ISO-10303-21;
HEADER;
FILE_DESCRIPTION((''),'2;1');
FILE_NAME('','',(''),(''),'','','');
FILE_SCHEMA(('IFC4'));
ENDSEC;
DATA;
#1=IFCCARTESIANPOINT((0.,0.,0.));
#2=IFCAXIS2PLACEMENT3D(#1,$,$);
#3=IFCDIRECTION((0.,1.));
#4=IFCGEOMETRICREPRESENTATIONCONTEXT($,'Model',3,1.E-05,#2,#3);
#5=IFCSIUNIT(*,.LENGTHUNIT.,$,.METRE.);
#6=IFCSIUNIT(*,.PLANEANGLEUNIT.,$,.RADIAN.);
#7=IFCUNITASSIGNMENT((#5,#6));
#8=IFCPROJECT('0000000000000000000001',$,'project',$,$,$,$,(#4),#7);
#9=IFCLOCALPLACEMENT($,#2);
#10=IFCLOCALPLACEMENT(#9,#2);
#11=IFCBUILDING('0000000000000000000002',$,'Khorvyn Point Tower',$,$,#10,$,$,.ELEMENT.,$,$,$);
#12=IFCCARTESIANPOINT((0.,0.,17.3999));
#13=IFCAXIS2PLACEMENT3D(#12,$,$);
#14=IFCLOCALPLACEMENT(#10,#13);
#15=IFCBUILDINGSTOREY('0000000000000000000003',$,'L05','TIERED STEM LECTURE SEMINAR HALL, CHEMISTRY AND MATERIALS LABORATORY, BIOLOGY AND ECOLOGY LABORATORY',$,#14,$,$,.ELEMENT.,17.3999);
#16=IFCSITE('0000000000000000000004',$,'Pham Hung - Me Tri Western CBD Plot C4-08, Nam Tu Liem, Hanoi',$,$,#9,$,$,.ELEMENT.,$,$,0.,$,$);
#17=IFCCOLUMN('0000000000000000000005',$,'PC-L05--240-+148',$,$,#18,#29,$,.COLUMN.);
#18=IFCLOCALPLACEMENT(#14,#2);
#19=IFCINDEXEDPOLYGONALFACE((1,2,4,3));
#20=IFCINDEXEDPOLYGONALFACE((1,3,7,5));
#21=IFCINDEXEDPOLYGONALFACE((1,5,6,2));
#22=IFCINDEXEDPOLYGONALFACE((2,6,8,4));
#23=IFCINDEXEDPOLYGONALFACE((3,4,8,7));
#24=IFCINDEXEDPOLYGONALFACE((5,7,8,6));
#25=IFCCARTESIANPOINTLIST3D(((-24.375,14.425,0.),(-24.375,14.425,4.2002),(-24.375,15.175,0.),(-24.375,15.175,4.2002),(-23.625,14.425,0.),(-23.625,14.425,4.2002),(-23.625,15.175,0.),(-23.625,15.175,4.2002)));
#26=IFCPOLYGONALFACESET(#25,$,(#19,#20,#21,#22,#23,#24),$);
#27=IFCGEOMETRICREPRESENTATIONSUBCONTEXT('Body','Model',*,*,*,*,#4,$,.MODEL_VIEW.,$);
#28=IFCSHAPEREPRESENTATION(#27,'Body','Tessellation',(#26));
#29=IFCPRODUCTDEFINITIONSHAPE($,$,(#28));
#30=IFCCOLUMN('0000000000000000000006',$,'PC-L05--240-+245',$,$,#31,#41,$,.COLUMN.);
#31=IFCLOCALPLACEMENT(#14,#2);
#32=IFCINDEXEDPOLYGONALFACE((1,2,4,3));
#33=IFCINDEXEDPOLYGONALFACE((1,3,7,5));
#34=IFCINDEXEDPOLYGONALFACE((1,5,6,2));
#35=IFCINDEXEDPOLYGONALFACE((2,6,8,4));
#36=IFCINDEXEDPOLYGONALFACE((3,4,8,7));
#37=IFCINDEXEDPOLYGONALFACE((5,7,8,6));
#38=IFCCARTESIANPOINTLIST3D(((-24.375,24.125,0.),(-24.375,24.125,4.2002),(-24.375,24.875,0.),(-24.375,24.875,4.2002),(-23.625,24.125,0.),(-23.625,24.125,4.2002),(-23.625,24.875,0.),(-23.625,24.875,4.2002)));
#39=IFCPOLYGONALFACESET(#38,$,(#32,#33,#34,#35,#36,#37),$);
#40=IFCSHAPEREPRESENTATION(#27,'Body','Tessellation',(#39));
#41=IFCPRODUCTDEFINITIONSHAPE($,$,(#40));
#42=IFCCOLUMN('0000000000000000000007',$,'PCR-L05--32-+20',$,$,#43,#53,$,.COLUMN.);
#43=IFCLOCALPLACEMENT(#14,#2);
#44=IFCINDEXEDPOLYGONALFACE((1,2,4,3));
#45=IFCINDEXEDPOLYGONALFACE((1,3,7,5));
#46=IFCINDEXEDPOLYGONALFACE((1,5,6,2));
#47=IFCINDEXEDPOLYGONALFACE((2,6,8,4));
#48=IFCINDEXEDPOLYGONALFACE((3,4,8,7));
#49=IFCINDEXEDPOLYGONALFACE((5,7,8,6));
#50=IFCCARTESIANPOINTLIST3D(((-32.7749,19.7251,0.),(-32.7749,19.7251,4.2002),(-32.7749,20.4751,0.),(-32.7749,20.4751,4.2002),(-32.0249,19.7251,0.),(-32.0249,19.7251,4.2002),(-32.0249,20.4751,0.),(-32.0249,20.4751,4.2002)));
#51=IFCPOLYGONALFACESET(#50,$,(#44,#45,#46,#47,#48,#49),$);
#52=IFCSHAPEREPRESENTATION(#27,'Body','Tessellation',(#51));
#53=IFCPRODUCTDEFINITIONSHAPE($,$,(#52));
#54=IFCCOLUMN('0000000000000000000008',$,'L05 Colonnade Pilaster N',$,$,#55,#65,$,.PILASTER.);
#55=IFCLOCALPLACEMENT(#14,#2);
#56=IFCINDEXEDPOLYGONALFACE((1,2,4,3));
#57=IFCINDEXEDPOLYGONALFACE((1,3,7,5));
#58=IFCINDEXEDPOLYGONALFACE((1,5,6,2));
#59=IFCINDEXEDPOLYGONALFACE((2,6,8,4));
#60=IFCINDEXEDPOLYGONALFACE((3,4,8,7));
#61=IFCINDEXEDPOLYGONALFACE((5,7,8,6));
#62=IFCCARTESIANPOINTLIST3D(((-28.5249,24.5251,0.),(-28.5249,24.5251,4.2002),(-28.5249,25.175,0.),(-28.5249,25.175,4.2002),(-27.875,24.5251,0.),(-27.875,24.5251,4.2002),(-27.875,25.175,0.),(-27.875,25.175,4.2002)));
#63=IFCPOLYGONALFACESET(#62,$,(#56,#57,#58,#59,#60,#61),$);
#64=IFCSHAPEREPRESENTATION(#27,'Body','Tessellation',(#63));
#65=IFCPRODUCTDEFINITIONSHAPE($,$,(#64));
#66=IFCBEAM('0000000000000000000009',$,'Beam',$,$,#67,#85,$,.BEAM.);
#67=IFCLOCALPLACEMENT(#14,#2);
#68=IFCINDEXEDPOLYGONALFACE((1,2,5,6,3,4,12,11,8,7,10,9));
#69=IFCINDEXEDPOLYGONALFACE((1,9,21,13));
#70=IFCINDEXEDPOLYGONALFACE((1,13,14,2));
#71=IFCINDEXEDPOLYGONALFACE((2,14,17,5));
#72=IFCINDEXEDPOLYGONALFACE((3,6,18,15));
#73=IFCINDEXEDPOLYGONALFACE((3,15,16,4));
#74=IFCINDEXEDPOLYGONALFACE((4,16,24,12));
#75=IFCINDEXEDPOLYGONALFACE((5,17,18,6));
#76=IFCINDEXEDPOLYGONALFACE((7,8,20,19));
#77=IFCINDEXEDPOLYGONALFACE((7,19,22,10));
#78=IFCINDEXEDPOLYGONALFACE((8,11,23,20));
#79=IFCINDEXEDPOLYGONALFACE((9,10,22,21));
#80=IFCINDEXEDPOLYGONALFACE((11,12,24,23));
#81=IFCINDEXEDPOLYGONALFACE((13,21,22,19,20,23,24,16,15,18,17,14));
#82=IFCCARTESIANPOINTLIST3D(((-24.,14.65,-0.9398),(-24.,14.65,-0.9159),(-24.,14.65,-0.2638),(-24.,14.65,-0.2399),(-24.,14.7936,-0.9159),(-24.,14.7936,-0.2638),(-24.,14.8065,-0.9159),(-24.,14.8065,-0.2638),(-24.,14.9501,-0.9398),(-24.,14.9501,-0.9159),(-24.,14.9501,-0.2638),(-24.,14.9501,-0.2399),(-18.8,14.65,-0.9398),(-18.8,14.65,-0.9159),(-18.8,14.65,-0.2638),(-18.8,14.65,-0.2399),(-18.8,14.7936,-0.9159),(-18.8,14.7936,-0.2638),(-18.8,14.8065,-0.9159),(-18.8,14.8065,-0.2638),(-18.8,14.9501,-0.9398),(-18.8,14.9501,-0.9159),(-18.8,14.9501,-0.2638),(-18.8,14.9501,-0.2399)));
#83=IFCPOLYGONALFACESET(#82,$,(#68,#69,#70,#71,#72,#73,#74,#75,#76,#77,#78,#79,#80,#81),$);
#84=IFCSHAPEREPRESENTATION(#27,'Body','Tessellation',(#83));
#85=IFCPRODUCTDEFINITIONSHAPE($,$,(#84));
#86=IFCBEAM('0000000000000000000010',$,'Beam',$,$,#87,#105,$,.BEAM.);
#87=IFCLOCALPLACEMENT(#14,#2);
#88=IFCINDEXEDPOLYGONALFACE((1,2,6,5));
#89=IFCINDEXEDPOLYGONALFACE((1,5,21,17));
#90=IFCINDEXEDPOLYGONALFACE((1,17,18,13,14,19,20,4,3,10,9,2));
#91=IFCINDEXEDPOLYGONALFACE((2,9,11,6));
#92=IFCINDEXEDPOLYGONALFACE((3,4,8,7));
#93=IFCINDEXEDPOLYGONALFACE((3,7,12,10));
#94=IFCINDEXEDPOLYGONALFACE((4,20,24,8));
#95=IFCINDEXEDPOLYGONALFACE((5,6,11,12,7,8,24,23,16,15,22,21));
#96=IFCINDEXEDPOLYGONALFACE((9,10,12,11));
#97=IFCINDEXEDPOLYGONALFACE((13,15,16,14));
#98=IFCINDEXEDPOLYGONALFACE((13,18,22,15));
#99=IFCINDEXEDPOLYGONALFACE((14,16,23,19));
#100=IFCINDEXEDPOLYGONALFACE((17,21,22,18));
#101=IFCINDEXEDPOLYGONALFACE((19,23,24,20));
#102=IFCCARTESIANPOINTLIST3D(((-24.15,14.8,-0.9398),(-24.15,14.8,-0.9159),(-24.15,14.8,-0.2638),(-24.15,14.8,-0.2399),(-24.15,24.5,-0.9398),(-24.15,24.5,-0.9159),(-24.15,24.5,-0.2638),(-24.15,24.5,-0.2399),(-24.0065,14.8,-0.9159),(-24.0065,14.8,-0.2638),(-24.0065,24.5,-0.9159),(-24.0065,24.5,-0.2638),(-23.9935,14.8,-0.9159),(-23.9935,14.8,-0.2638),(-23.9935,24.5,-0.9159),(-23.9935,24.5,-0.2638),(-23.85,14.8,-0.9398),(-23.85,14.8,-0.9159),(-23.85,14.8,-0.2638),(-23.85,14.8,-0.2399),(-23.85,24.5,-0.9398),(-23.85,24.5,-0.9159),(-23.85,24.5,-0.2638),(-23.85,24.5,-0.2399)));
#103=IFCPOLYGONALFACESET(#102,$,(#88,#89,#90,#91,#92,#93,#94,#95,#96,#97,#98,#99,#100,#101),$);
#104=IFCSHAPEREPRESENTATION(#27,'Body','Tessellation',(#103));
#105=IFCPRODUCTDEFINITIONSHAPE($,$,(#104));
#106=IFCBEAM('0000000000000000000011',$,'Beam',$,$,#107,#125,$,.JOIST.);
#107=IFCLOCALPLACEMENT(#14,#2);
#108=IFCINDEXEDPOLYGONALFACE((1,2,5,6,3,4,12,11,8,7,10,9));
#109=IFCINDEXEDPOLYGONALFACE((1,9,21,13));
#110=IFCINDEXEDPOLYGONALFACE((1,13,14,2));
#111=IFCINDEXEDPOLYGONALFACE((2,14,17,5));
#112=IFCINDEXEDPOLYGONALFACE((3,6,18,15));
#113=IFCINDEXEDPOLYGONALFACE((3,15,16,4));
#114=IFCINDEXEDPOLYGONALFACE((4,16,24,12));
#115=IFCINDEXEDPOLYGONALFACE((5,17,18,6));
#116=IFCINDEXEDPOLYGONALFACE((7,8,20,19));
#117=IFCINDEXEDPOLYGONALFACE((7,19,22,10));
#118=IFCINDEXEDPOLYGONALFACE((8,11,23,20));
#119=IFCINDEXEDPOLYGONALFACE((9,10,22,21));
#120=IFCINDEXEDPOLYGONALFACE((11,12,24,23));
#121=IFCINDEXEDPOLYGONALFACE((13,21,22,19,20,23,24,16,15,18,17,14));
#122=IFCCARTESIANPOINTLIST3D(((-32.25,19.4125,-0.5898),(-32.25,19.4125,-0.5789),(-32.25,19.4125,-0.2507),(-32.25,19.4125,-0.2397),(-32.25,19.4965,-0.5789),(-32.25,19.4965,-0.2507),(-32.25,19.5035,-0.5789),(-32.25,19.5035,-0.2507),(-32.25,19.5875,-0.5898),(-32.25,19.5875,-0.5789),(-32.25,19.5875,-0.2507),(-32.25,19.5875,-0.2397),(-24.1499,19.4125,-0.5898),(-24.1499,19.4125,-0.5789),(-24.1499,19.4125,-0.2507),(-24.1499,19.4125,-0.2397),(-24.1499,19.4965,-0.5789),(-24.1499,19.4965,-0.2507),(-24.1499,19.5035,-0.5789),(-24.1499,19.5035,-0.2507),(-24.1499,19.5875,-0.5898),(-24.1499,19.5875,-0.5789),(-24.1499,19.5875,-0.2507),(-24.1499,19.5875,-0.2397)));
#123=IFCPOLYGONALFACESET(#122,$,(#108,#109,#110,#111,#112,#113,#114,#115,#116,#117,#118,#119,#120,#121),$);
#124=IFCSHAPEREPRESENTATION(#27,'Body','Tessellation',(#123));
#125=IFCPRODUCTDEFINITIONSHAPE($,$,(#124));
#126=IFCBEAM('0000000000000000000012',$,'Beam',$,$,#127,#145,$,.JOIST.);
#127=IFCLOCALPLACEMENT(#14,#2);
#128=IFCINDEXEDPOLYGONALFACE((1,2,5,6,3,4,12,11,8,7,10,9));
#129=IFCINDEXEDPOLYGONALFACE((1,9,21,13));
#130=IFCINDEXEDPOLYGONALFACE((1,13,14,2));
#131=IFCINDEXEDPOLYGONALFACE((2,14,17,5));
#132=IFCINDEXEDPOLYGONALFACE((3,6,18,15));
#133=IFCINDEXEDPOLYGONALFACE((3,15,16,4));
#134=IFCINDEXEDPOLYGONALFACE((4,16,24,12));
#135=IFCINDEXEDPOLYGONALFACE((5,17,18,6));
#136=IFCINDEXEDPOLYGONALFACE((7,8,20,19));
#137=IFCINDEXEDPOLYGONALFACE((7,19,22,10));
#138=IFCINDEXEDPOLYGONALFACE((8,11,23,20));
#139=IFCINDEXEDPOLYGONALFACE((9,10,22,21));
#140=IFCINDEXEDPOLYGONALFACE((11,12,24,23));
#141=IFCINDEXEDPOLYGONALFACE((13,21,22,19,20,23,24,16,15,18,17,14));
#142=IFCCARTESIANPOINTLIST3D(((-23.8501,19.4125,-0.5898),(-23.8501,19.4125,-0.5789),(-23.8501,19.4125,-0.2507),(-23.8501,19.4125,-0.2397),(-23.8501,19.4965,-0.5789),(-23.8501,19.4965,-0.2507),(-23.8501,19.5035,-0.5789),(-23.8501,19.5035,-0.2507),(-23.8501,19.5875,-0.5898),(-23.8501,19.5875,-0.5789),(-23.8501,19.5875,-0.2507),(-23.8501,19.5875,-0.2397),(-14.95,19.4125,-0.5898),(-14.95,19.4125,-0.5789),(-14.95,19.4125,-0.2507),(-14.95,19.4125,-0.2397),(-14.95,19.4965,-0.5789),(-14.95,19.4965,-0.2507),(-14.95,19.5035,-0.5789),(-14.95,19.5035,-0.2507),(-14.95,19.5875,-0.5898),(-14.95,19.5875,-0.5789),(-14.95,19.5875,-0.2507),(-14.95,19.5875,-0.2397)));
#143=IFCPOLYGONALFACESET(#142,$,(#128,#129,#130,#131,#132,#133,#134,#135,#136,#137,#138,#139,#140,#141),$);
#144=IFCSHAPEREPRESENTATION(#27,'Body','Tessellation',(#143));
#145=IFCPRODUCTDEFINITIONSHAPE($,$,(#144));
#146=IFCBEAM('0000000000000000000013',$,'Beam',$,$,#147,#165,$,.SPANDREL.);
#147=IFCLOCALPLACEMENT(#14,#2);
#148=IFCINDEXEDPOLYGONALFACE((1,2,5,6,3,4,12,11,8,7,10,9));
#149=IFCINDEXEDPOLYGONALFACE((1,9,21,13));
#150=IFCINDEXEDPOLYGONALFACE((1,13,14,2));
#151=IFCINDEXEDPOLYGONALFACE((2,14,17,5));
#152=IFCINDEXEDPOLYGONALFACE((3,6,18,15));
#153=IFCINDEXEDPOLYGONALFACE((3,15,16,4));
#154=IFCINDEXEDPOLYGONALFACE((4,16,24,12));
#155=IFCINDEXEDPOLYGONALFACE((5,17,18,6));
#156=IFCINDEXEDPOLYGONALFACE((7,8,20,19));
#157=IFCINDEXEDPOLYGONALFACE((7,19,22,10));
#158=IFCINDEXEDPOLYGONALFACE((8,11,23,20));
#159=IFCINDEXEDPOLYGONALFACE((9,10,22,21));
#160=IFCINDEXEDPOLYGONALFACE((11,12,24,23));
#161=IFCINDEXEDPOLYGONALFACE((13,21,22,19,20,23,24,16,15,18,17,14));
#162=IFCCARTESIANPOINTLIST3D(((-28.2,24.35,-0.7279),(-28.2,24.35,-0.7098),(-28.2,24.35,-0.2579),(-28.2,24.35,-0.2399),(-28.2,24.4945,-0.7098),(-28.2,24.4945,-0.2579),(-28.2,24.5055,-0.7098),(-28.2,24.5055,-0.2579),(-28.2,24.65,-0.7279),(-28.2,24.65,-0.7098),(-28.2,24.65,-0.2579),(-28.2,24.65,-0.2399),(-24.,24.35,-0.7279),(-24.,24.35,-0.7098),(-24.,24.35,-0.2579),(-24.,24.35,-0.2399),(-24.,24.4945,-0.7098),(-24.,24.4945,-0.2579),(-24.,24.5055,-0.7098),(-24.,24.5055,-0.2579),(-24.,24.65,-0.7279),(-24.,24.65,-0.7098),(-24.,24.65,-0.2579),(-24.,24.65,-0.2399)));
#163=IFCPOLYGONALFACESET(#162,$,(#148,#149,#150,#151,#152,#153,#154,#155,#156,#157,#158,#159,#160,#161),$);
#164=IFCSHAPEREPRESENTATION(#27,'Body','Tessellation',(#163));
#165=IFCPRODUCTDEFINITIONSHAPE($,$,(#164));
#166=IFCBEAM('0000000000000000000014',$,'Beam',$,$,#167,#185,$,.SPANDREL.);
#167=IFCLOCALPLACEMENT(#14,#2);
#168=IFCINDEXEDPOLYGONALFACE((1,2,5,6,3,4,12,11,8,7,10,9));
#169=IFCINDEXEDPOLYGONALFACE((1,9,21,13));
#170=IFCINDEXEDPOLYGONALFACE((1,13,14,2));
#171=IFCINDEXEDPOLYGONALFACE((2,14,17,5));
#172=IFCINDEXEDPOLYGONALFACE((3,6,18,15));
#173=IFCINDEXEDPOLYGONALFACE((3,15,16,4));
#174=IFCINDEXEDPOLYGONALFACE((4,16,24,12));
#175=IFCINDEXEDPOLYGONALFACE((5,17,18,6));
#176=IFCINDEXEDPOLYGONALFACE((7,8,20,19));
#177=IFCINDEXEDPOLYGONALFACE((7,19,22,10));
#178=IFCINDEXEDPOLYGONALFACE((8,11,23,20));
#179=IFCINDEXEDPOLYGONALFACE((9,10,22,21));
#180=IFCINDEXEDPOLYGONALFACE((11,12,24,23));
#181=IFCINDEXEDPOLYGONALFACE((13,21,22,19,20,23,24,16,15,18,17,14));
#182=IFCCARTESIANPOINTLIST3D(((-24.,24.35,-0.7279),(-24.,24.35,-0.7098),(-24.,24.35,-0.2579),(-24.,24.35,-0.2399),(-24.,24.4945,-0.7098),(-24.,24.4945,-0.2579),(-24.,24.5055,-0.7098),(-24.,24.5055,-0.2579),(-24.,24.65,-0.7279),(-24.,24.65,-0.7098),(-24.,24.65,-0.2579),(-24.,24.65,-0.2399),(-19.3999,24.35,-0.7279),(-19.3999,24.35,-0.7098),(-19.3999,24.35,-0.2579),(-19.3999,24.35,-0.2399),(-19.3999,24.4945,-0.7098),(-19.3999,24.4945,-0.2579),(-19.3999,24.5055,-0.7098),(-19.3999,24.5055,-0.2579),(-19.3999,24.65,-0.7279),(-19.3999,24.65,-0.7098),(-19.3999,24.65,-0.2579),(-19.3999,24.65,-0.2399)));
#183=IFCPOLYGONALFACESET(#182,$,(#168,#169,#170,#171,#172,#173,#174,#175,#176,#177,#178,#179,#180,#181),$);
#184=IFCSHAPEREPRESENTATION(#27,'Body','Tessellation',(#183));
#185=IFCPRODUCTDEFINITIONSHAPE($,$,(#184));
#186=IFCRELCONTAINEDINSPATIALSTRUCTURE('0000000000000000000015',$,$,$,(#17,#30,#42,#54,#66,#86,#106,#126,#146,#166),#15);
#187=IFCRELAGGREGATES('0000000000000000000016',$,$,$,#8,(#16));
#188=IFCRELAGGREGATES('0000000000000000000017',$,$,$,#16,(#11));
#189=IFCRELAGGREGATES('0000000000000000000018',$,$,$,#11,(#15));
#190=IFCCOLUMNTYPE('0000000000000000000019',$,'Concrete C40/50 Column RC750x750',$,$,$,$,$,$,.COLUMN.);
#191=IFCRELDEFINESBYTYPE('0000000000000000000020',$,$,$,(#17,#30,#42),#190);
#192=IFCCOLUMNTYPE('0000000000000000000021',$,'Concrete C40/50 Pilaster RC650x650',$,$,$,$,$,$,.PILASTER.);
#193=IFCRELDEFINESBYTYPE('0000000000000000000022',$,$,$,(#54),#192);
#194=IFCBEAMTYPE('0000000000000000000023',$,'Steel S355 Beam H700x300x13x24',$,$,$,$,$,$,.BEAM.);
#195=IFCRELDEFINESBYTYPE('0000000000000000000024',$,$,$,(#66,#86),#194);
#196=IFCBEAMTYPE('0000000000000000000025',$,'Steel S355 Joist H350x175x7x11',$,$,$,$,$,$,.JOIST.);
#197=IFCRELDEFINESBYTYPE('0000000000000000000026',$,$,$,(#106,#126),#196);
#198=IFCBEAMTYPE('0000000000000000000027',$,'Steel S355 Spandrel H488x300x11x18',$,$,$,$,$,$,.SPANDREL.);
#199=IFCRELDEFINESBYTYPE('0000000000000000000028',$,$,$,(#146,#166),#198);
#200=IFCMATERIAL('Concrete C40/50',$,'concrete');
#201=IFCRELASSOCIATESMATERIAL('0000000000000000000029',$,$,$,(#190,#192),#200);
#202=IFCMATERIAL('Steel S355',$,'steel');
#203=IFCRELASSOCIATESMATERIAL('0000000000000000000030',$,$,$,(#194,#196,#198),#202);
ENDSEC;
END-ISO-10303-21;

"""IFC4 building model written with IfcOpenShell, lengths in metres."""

from ifc_helpers import new_model, si_unit, direction, frame, origin, origin_2d, place, context, subcontext, project, spatial, rectangle, i_section, extrude, material, material_profile, profile_set, type_object, element, save


model = new_model("IFC4")

# Units and contexts
model_context = context("Model", 3, precision=1e-05, world=origin(), true_north=direction((0.0, 1.0)))
body_context = subcontext(model_context, "Body", "Model", "MODEL_VIEW")
ifc_project = project(units=[si_unit("LENGTHUNIT", "METRE"), si_unit("PLANEANGLEUNIT", "RADIAN")], contexts=[model_context])

# Site, building, storey
site_placement = place(None, origin())
site = spatial("IfcSite", under=ifc_project, at=site_placement, Name="Pham Hung - Me Tri Western CBD Plot C4-08, Nam Tu Liem, Hanoi", CompositionType="ELEMENT", RefElevation=0.0)
building_placement = place(site_placement, origin())
building = spatial("IfcBuilding", under=site, at=building_placement, Name="Khorvyn Point Tower", CompositionType="ELEMENT")
storey_placement = place(building_placement, frame((0.0, 0.0, 17.3999)))
storey = spatial("IfcBuildingStorey", under=building, at=storey_placement, Name="L05", Description="TIERED STEM LECTURE SEMINAR HALL, CHEMISTRY AND MATERIALS LABORATORY, BIOLOGY AND ECOLOGY LABORATORY", CompositionType="ELEMENT", Elevation=17.3999)

# Columns
ifc_material_1 = material(Name="Concrete C40/50", Category="concrete")
ifc_material_profile_1 = material_profile(ifc_material_1, rectangle(XDim=0.75, YDim=0.75, at=origin_2d()))
ifc_profile_set_1 = profile_set([ifc_material_profile_1], Name="Concrete C40/50 RC750x750")
column_type_1 = type_object("IfcColumnType", Name="Concrete C40/50 Column RC750x750", PredefinedType="COLUMN", material=ifc_profile_set_1)
for number, where, z_axis, x_axis, name in (
    (1, (-24.0, 14.8, 0.0), (0.0, 0.0, 1.0), (1.0, 0.0, 0.0), "PC-L05--240-+148"),
    (2, (-24.0, 24.5, 0.0), (0.0, 0.0, 1.0), (1.0, 0.0, 0.0), "PC-L05--240-+245"),
    (3, (-32.3999, 20.1001, 0.0), (0.0, 0.0, 1.0), (1.0, 0.0, 0.0), "PCR-L05--32-+20"),
):
    element("IfcColumn", number, at=place(storey_placement, frame(where, z_axis=z_axis, x_axis=x_axis)), inside=storey, type_object=column_type_1, Name=name, PredefinedType="COLUMN", context=body_context, shape_type="SweptSolid", body=[
        extrude(rectangle(XDim=0.75, YDim=0.75, at=origin_2d()), origin(), (0.0, 0.0, 1.0), 4.2002),
    ])
ifc_material_profile_2 = material_profile(ifc_material_1, rectangle(XDim=0.6499, YDim=0.6499, at=origin_2d()))
ifc_profile_set_2 = profile_set([ifc_material_profile_2], Name="Concrete C40/50 RC650x650")
column_type_2 = type_object("IfcColumnType", Name="Concrete C40/50 Pilaster RC650x650", PredefinedType="PILASTER", material=ifc_profile_set_2)
column_placement = place(storey_placement, frame((-28.2, 24.8501, 0.0), z_axis=(0.0, 0.0, 1.0), x_axis=(1.0, 0.0, 0.0)))
element("IfcColumn", 4, at=column_placement, inside=storey, type_object=column_type_2, Name="L05 Colonnade Pilaster N", PredefinedType="PILASTER", context=body_context, shape_type="SweptSolid", body=[
    extrude(rectangle(XDim=0.6499, YDim=0.6499, at=origin_2d()), origin(), (0.0, 0.0, 1.0), 4.2002),
])

# Beams
ifc_material_2 = material(Name="Steel S355", Category="steel")
ifc_material_profile_3 = material_profile(ifc_material_2, i_section(OverallWidth=0.3, OverallDepth=0.7, WebThickness=0.0129, FlangeThickness=0.0239, at=origin_2d()))
ifc_profile_set_3 = profile_set([ifc_material_profile_3], Name="Steel S355 H700x300x13x24")
beam_type_1 = type_object("IfcBeamType", Name="Steel S355 Beam H700x300x13x24", PredefinedType="BEAM", material=ifc_profile_set_3)
beam_1_placement = place(storey_placement, frame((-24.0, 14.8, -0.5898), z_axis=(1.0, 0.0, 0.0), x_axis=(0.0, 1.0, 0.0)))
element("IfcBeam", 5, at=beam_1_placement, inside=storey, type_object=beam_type_1, Name="Beam", PredefinedType="BEAM", context=body_context, shape_type="SweptSolid", body=[
    extrude(i_section(OverallWidth=0.3, OverallDepth=0.7, WebThickness=0.0129, FlangeThickness=0.0239, at=origin_2d()), origin(), (0.0, 0.0, 1.0), 5.2),
])
beam_2_placement = place(storey_placement, frame((-24.0, 14.8, -0.5898), z_axis=(0.0, 1.0, 0.0), x_axis=(-1.0, 0.0, 0.0)))
element("IfcBeam", 6, at=beam_2_placement, inside=storey, type_object=beam_type_1, Name="Beam", PredefinedType="BEAM", context=body_context, shape_type="SweptSolid", body=[
    extrude(i_section(OverallWidth=0.3, OverallDepth=0.7, WebThickness=0.0129, FlangeThickness=0.0239, at=origin_2d()), origin(), (0.0, 0.0, 1.0), 9.7),
])
ifc_material_profile_4 = material_profile(ifc_material_2, i_section(OverallWidth=0.175, OverallDepth=0.3501, WebThickness=0.0071, FlangeThickness=0.011, at=origin_2d()))
ifc_profile_set_4 = profile_set([ifc_material_profile_4], Name="Steel S355 H350x175x7x11")
beam_type_2 = type_object("IfcBeamType", Name="Steel S355 Joist H350x175x7x11", PredefinedType="JOIST", material=ifc_profile_set_4)
beam_3_placement = place(storey_placement, frame((-32.25, 19.5, -0.4148), z_axis=(1.0, 0.0, 0.0), x_axis=(0.0, 1.0, 0.0)))
element("IfcBeam", 7, at=beam_3_placement, inside=storey, type_object=beam_type_2, Name="Beam", PredefinedType="JOIST", context=body_context, shape_type="SweptSolid", body=[
    extrude(i_section(OverallWidth=0.175, OverallDepth=0.3501, WebThickness=0.0071, FlangeThickness=0.011, at=origin_2d()), origin(), (0.0, 0.0, 1.0), 8.1001),
])
beam_4_placement = place(storey_placement, frame((-23.8501, 19.5, -0.4148), z_axis=(1.0, 0.0, 0.0), x_axis=(0.0, 1.0, 0.0)))
element("IfcBeam", 8, at=beam_4_placement, inside=storey, type_object=beam_type_2, Name="Beam", PredefinedType="JOIST", context=body_context, shape_type="SweptSolid", body=[
    extrude(i_section(OverallWidth=0.175, OverallDepth=0.3501, WebThickness=0.0071, FlangeThickness=0.011, at=origin_2d()), origin(), (0.0, 0.0, 1.0), 8.9001),
])
ifc_material_profile_5 = material_profile(ifc_material_2, i_section(OverallWidth=0.3, OverallDepth=0.488, WebThickness=0.011, FlangeThickness=0.0181, at=origin_2d()))
ifc_profile_set_5 = profile_set([ifc_material_profile_5], Name="Steel S355 H488x300x11x18")
beam_type_3 = type_object("IfcBeamType", Name="Steel S355 Spandrel H488x300x11x18", PredefinedType="SPANDREL", material=ifc_profile_set_5)
beam_5_placement = place(storey_placement, frame((-28.2, 24.5, -0.4839), z_axis=(1.0, 0.0, 0.0), x_axis=(0.0, 1.0, 0.0)))
element("IfcBeam", 9, at=beam_5_placement, inside=storey, type_object=beam_type_3, Name="Beam", PredefinedType="SPANDREL", context=body_context, shape_type="SweptSolid", body=[
    extrude(i_section(OverallWidth=0.3, OverallDepth=0.488, WebThickness=0.011, FlangeThickness=0.0181, at=origin_2d()), origin(), (0.0, 0.0, 1.0), 4.2),
])
beam_6_placement = place(storey_placement, frame((-24.0, 24.5, -0.4839), z_axis=(1.0, 0.0, 0.0), x_axis=(0.0, 1.0, 0.0)))
element("IfcBeam", 10, at=beam_6_placement, inside=storey, type_object=beam_type_3, Name="Beam", PredefinedType="SPANDREL", context=body_context, shape_type="SweptSolid", body=[
    extrude(i_section(OverallWidth=0.3, OverallDepth=0.488, WebThickness=0.011, FlangeThickness=0.0181, at=origin_2d()), origin(), (0.0, 0.0, 1.0), 4.6001),
])

save(model, "model.ifc")
